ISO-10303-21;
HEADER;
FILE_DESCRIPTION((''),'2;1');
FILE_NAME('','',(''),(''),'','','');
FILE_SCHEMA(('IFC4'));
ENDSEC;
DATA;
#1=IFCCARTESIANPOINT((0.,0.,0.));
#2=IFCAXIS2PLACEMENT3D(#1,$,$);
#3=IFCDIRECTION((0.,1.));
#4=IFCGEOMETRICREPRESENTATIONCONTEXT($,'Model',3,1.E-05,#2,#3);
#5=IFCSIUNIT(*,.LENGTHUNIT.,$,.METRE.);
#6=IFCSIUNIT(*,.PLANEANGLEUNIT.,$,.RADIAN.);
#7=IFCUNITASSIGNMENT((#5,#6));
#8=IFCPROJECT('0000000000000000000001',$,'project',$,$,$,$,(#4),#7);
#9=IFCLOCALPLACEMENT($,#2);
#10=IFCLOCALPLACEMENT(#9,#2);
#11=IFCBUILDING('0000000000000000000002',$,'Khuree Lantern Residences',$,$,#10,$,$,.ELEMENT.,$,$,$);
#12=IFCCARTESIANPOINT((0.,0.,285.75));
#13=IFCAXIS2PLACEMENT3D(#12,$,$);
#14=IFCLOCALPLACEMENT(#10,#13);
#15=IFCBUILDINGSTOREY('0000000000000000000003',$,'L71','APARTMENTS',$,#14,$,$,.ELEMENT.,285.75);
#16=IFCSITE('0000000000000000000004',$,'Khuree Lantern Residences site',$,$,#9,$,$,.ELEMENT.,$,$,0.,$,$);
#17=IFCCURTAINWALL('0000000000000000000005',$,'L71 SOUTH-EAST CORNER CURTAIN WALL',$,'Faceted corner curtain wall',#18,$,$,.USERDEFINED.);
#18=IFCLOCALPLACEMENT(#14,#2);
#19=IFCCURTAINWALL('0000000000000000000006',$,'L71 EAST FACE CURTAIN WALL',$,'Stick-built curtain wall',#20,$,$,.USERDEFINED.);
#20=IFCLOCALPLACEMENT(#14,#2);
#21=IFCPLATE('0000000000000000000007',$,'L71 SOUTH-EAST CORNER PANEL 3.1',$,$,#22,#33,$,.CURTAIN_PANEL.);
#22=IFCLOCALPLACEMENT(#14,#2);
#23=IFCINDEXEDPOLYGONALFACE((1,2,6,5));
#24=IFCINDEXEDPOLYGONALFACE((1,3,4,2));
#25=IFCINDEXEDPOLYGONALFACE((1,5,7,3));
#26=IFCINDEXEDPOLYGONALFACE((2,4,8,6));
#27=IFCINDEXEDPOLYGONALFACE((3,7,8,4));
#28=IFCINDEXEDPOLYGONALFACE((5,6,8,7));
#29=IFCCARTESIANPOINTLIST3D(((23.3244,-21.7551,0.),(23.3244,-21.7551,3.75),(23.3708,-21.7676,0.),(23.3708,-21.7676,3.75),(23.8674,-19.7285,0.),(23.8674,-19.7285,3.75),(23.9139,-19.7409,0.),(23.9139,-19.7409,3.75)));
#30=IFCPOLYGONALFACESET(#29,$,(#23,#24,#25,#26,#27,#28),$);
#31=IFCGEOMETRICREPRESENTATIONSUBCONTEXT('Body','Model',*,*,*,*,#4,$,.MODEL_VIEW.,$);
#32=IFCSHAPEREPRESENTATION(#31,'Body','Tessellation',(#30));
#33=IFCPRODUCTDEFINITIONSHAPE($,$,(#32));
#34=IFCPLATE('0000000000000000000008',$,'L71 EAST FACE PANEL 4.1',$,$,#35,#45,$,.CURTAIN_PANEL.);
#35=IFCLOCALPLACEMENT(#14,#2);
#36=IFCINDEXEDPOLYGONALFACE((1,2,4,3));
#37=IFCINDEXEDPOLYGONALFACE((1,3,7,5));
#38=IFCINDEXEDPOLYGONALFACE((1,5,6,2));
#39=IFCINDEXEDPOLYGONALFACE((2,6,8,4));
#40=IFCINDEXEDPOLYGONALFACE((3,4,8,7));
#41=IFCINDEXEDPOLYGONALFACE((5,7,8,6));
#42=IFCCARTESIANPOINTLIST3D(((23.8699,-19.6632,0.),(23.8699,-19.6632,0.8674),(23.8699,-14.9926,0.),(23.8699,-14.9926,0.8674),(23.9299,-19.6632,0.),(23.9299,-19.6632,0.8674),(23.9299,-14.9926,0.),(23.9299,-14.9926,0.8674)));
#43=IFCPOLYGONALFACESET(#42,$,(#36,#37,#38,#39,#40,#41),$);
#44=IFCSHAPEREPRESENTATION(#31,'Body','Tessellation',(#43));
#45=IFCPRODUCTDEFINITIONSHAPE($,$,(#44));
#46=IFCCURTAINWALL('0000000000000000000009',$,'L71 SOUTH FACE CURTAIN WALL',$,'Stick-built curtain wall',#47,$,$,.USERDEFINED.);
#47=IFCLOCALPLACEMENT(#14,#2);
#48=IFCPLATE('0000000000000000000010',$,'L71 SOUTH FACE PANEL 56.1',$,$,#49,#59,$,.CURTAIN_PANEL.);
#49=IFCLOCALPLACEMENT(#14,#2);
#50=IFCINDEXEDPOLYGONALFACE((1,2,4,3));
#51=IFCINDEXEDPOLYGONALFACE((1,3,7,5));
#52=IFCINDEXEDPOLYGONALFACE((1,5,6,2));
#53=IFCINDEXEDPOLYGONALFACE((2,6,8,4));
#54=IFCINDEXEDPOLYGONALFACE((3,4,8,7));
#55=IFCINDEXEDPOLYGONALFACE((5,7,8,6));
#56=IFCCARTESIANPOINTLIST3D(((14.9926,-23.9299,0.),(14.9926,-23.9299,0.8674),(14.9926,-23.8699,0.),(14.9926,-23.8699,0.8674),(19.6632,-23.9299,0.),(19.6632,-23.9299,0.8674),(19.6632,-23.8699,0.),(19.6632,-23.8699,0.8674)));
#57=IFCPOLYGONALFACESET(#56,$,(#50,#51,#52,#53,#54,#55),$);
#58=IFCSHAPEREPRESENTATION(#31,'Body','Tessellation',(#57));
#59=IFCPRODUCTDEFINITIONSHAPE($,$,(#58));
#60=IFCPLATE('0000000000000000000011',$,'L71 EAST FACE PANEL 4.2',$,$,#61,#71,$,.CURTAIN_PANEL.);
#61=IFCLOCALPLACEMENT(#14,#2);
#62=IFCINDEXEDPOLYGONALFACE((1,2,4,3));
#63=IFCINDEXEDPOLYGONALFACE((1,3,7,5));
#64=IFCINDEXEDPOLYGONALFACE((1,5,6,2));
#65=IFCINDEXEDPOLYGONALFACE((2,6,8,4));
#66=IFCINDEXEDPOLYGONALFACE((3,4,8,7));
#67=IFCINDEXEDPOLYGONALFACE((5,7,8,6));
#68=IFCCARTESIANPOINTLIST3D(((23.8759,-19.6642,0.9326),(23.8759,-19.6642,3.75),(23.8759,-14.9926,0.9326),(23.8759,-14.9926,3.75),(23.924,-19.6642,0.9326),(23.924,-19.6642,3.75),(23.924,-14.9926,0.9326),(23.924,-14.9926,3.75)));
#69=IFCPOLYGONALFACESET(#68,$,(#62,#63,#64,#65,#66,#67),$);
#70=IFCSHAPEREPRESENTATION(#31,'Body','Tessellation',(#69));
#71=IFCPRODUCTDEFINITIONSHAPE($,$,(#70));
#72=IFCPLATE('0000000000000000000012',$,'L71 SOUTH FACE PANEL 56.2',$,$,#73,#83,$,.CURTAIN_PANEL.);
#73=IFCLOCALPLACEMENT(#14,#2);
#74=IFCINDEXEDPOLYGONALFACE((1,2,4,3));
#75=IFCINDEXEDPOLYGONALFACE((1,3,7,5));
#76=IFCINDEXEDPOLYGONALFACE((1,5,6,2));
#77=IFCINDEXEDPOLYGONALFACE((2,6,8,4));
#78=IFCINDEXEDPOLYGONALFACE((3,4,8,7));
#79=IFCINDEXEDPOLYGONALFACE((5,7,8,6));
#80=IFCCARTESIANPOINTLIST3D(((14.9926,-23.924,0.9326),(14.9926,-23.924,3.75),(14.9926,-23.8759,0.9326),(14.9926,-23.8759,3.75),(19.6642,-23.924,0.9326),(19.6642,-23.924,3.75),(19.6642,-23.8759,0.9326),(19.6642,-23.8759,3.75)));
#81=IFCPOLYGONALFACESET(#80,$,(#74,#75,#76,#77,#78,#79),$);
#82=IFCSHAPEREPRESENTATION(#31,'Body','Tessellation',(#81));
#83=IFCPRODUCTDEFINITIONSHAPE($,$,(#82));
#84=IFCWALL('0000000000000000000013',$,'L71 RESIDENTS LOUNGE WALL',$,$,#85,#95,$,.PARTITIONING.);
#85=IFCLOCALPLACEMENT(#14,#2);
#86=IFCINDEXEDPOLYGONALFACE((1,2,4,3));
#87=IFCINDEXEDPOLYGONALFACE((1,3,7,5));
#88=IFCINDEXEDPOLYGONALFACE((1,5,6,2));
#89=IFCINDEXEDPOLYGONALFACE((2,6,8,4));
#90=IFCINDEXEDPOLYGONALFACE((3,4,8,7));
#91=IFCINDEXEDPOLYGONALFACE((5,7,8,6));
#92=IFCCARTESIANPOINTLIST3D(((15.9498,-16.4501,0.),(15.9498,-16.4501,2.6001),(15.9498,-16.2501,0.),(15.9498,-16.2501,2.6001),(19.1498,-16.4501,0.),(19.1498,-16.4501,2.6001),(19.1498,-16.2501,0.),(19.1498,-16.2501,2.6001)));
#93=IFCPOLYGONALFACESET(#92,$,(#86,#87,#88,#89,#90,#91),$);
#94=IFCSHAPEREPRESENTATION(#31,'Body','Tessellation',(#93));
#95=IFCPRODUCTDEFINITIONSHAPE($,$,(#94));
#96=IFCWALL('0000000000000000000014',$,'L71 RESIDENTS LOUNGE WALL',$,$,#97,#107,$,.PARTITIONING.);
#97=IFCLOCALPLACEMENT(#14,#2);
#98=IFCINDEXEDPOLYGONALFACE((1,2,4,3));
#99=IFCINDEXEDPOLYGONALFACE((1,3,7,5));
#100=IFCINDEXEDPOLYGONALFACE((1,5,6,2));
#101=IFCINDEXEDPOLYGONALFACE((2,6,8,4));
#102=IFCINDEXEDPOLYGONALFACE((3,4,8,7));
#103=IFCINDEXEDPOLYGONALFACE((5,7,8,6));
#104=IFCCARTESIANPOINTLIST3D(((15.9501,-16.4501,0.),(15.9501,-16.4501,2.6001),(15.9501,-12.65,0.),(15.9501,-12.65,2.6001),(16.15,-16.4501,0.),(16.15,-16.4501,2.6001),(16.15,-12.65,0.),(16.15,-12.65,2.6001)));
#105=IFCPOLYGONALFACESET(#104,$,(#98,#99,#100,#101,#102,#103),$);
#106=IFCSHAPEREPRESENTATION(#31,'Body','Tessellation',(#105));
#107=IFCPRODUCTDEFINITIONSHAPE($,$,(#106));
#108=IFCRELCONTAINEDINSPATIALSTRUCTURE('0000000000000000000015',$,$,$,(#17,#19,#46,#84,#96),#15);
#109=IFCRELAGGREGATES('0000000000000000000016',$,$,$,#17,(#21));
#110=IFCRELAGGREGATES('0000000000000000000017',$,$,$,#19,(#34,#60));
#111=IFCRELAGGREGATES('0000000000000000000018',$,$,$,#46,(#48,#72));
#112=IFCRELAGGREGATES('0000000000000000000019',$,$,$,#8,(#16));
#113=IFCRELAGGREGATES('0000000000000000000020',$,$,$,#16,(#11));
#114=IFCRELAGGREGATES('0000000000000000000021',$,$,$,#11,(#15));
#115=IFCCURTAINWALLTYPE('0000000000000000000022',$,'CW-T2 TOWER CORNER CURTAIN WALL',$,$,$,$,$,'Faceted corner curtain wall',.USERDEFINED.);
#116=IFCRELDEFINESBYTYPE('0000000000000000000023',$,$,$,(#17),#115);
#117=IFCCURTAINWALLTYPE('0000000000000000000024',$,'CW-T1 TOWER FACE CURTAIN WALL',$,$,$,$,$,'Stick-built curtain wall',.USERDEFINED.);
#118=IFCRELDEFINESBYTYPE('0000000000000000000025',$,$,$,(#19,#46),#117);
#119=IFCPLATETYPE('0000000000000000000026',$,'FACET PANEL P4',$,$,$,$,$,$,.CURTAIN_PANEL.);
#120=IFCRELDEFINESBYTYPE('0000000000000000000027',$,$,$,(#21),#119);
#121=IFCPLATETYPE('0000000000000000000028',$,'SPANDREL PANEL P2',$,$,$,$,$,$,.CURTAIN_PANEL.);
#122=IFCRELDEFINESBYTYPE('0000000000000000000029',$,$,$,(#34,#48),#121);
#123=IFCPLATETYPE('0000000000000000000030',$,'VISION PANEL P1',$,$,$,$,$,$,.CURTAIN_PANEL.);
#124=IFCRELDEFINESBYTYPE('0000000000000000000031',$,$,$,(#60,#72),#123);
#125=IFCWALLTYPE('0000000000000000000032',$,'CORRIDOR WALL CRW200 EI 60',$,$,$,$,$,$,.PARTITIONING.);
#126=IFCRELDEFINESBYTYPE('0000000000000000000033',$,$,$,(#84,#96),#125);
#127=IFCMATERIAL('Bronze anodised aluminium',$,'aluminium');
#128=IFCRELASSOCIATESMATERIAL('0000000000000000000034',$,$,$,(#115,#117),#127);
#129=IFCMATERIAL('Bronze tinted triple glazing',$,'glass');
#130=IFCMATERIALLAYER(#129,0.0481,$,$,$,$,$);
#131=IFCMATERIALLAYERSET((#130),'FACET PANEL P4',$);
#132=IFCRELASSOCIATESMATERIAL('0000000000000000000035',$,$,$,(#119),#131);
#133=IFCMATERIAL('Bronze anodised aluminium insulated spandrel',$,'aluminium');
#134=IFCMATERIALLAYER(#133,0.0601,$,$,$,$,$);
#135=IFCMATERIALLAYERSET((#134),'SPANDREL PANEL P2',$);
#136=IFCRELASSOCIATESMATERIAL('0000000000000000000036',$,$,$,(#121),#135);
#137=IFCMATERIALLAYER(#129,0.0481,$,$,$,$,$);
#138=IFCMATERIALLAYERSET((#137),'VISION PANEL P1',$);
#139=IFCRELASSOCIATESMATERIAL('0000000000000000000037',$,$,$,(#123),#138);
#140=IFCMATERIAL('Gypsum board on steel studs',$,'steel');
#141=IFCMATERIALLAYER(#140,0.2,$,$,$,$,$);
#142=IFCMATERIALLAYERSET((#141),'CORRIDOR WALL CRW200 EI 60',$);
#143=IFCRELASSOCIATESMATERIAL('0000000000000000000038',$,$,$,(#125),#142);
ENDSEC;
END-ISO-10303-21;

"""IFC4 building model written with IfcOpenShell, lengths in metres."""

from ifc_helpers import new_model, si_unit, direction, frame, frame_2d, origin, origin_2d, place, context, subcontext, project, spatial, rectangle, extrude, material, layer, layer_set, type_object, element, aggregate, save


model = new_model("IFC4")

# Units and contexts
model_context = context("Model", 3, precision=1e-05, world=origin(), true_north=direction((0.0, 1.0)))
body_context = subcontext(model_context, "Body", "Model", "MODEL_VIEW")
ifc_project = project(units=[si_unit("LENGTHUNIT", "METRE"), si_unit("PLANEANGLEUNIT", "RADIAN")], contexts=[model_context])

# Site, building, storey
site_placement = place(None, origin())
site = spatial("IfcSite", under=ifc_project, at=site_placement, Name="Khuree Lantern Residences site", CompositionType="ELEMENT", RefElevation=0.0)
building_placement = place(site_placement, origin())
building = spatial("IfcBuilding", under=site, at=building_placement, Name="Khuree Lantern Residences", CompositionType="ELEMENT")
storey_placement = place(building_placement, frame((0.0, 0.0, 285.75)))
storey = spatial("IfcBuildingStorey", under=building, at=storey_placement, Name="L71", Description="APARTMENTS", CompositionType="ELEMENT", Elevation=285.75)

# Curtain wall
ifc_material_1 = material(Name="Bronze anodised aluminium", Category="aluminium")
curtain_wall_type_1 = type_object("IfcCurtainWallType", Name="CW-T2 TOWER CORNER CURTAIN WALL", ElementType="Faceted corner curtain wall", PredefinedType="USERDEFINED", material=ifc_material_1)
curtain_wall_1_placement = place(storey_placement, origin())
curtain_wall_1 = element("IfcCurtainWall", 1, at=curtain_wall_1_placement, inside=storey, type_object=curtain_wall_type_1, Name="L71 SOUTH-EAST CORNER CURTAIN WALL", ObjectType="Faceted corner curtain wall", PredefinedType="USERDEFINED")

# Curtain wall
curtain_wall_type_2 = type_object("IfcCurtainWallType", Name="CW-T1 TOWER FACE CURTAIN WALL", ElementType="Stick-built curtain wall", PredefinedType="USERDEFINED", material=ifc_material_1)
curtain_wall_2_placement = place(storey_placement, origin())
curtain_wall_2 = element("IfcCurtainWall", 2, at=curtain_wall_2_placement, inside=storey, type_object=curtain_wall_type_2, Name="L71 EAST FACE CURTAIN WALL", ObjectType="Stick-built curtain wall", PredefinedType="USERDEFINED")

# Plates
ifc_material_2 = material(Name="Bronze tinted triple glazing", Category="glass")
ifc_layer_1 = layer(ifc_material_2, 0.0481)
ifc_layer_set_1 = layer_set([ifc_layer_1], Name="FACET PANEL P4")
plate_type_1 = type_object("IfcPlateType", Name="FACET PANEL P4", PredefinedType="CURTAIN_PANEL", material=ifc_layer_set_1)
plate_1_placement = place(storey_placement, frame((23.6191, -20.748, 0.0), z_axis=(0.0, 0.0, 1.0), x_axis=(0.258819, 0.965926, 0.0)))
plate_1 = element("IfcPlate", 3, at=plate_1_placement, type_object=plate_type_1, Name="L71 SOUTH-EAST CORNER PANEL 3.1", PredefinedType="CURTAIN_PANEL", context=body_context, shape_type="SweptSolid", body=[
    extrude(rectangle(XDim=2.0981, YDim=0.0481, at=origin_2d()), origin(), (0.0, 0.0, 1.0), 3.75),
])
aggregate(curtain_wall_1, [plate_1])
ifc_material_3 = material(Name="Bronze anodised aluminium insulated spandrel", Category="aluminium")
ifc_layer_2 = layer(ifc_material_3, 0.0601)
ifc_layer_set_2 = layer_set([ifc_layer_2], Name="SPANDREL PANEL P2")
plate_type_2 = type_object("IfcPlateType", Name="SPANDREL PANEL P2", PredefinedType="CURTAIN_PANEL", material=ifc_layer_set_2)
plate_2_placement = place(storey_placement, frame((23.8999, -17.3279, 0.0), z_axis=(0.0, 0.0, 1.0), x_axis=(0.0, 1.0, 0.0)))
plate_2 = element("IfcPlate", 4, at=plate_2_placement, type_object=plate_type_2, Name="L71 EAST FACE PANEL 4.1", PredefinedType="CURTAIN_PANEL", context=body_context, shape_type="SweptSolid", body=[
    extrude(rectangle(XDim=4.6707, YDim=0.0601, at=origin_2d()), origin(), (0.0, 0.0, 1.0), 0.8674),
])

# Curtain wall, plate
curtain_wall_3_placement = place(storey_placement, origin())
curtain_wall_3 = element("IfcCurtainWall", 5, at=curtain_wall_3_placement, inside=storey, type_object=curtain_wall_type_2, Name="L71 SOUTH FACE CURTAIN WALL", ObjectType="Stick-built curtain wall", PredefinedType="USERDEFINED")
plate_3_placement = place(storey_placement, frame((17.3279, -23.8999, 0.0), z_axis=(0.0, 0.0, 1.0), x_axis=(1.0, 0.0, 0.0)))
plate_3 = element("IfcPlate", 6, at=plate_3_placement, type_object=plate_type_2, Name="L71 SOUTH FACE PANEL 56.1", PredefinedType="CURTAIN_PANEL", context=body_context, shape_type="SweptSolid", body=[
    extrude(rectangle(XDim=4.6707, YDim=0.0601, at=origin_2d()), origin(), (0.0, 0.0, 1.0), 0.8674),
])

# Plates
ifc_layer_3 = layer(ifc_material_2, 0.0481)
ifc_layer_set_3 = layer_set([ifc_layer_3], Name="VISION PANEL P1")
plate_type_3 = type_object("IfcPlateType", Name="VISION PANEL P1", PredefinedType="CURTAIN_PANEL", material=ifc_layer_set_3)
plate_4_placement = place(storey_placement, frame((23.8999, -17.3284, 0.9326), z_axis=(0.0, 0.0, 1.0), x_axis=(0.0, 1.0, 0.0)))
plate_4 = element("IfcPlate", 7, at=plate_4_placement, type_object=plate_type_3, Name="L71 EAST FACE PANEL 4.2", PredefinedType="CURTAIN_PANEL", context=body_context, shape_type="SweptSolid", body=[
    extrude(rectangle(XDim=4.6716, YDim=0.0481, at=origin_2d()), origin(), (0.0, 0.0, 1.0), 2.8174),
])
aggregate(curtain_wall_2, [plate_2, plate_4])
plate_5_placement = place(storey_placement, frame((17.3284, -23.8999, 0.9326), z_axis=(0.0, 0.0, 1.0), x_axis=(1.0, 0.0, 0.0)))
plate_5 = element("IfcPlate", 8, at=plate_5_placement, type_object=plate_type_3, Name="L71 SOUTH FACE PANEL 56.2", PredefinedType="CURTAIN_PANEL", context=body_context, shape_type="SweptSolid", body=[
    extrude(rectangle(XDim=4.6716, YDim=0.0481, at=origin_2d()), origin(), (0.0, 0.0, 1.0), 2.8174),
])
aggregate(curtain_wall_3, [plate_3, plate_5])

# Walls
ifc_material_4 = material(Name="Gypsum board on steel studs", Category="steel")
ifc_layer_4 = layer(ifc_material_4, 0.2)
ifc_layer_set_4 = layer_set([ifc_layer_4], Name="CORRIDOR WALL CRW200 EI 60")
wall_type = type_object("IfcWallType", Name="CORRIDOR WALL CRW200 EI 60", PredefinedType="PARTITIONING", material=ifc_layer_set_4)
wall_1_placement = place(storey_placement, frame((19.1499, -16.3501, 0.0), z_axis=(0.0, 0.0, 1.0), x_axis=(-1.0, 0.0, 0.0)))
element("IfcWall", 9, at=wall_1_placement, inside=storey, type_object=wall_type, Name="L71 RESIDENTS LOUNGE WALL", PredefinedType="PARTITIONING", context=body_context, shape_type="SweptSolid", body=[
    extrude(rectangle(XDim=3.2, YDim=0.2, at=frame_2d((1.6001, 0.0))), origin(), (0.0, 0.0, 1.0), 2.6001),
])
wall_2_placement = place(storey_placement, frame((16.05, -16.45, 0.0), z_axis=(0.0, 0.0, 1.0), x_axis=(0.0, 1.0, 0.0)))
element("IfcWall", 10, at=wall_2_placement, inside=storey, type_object=wall_type, Name="L71 RESIDENTS LOUNGE WALL", PredefinedType="PARTITIONING", context=body_context, shape_type="SweptSolid", body=[
    extrude(rectangle(XDim=3.8, YDim=0.2, at=frame_2d((1.8999, 0.0))), origin(), (0.0, 0.0, 1.0), 2.6001),
])

save(model, "model.ifc")
